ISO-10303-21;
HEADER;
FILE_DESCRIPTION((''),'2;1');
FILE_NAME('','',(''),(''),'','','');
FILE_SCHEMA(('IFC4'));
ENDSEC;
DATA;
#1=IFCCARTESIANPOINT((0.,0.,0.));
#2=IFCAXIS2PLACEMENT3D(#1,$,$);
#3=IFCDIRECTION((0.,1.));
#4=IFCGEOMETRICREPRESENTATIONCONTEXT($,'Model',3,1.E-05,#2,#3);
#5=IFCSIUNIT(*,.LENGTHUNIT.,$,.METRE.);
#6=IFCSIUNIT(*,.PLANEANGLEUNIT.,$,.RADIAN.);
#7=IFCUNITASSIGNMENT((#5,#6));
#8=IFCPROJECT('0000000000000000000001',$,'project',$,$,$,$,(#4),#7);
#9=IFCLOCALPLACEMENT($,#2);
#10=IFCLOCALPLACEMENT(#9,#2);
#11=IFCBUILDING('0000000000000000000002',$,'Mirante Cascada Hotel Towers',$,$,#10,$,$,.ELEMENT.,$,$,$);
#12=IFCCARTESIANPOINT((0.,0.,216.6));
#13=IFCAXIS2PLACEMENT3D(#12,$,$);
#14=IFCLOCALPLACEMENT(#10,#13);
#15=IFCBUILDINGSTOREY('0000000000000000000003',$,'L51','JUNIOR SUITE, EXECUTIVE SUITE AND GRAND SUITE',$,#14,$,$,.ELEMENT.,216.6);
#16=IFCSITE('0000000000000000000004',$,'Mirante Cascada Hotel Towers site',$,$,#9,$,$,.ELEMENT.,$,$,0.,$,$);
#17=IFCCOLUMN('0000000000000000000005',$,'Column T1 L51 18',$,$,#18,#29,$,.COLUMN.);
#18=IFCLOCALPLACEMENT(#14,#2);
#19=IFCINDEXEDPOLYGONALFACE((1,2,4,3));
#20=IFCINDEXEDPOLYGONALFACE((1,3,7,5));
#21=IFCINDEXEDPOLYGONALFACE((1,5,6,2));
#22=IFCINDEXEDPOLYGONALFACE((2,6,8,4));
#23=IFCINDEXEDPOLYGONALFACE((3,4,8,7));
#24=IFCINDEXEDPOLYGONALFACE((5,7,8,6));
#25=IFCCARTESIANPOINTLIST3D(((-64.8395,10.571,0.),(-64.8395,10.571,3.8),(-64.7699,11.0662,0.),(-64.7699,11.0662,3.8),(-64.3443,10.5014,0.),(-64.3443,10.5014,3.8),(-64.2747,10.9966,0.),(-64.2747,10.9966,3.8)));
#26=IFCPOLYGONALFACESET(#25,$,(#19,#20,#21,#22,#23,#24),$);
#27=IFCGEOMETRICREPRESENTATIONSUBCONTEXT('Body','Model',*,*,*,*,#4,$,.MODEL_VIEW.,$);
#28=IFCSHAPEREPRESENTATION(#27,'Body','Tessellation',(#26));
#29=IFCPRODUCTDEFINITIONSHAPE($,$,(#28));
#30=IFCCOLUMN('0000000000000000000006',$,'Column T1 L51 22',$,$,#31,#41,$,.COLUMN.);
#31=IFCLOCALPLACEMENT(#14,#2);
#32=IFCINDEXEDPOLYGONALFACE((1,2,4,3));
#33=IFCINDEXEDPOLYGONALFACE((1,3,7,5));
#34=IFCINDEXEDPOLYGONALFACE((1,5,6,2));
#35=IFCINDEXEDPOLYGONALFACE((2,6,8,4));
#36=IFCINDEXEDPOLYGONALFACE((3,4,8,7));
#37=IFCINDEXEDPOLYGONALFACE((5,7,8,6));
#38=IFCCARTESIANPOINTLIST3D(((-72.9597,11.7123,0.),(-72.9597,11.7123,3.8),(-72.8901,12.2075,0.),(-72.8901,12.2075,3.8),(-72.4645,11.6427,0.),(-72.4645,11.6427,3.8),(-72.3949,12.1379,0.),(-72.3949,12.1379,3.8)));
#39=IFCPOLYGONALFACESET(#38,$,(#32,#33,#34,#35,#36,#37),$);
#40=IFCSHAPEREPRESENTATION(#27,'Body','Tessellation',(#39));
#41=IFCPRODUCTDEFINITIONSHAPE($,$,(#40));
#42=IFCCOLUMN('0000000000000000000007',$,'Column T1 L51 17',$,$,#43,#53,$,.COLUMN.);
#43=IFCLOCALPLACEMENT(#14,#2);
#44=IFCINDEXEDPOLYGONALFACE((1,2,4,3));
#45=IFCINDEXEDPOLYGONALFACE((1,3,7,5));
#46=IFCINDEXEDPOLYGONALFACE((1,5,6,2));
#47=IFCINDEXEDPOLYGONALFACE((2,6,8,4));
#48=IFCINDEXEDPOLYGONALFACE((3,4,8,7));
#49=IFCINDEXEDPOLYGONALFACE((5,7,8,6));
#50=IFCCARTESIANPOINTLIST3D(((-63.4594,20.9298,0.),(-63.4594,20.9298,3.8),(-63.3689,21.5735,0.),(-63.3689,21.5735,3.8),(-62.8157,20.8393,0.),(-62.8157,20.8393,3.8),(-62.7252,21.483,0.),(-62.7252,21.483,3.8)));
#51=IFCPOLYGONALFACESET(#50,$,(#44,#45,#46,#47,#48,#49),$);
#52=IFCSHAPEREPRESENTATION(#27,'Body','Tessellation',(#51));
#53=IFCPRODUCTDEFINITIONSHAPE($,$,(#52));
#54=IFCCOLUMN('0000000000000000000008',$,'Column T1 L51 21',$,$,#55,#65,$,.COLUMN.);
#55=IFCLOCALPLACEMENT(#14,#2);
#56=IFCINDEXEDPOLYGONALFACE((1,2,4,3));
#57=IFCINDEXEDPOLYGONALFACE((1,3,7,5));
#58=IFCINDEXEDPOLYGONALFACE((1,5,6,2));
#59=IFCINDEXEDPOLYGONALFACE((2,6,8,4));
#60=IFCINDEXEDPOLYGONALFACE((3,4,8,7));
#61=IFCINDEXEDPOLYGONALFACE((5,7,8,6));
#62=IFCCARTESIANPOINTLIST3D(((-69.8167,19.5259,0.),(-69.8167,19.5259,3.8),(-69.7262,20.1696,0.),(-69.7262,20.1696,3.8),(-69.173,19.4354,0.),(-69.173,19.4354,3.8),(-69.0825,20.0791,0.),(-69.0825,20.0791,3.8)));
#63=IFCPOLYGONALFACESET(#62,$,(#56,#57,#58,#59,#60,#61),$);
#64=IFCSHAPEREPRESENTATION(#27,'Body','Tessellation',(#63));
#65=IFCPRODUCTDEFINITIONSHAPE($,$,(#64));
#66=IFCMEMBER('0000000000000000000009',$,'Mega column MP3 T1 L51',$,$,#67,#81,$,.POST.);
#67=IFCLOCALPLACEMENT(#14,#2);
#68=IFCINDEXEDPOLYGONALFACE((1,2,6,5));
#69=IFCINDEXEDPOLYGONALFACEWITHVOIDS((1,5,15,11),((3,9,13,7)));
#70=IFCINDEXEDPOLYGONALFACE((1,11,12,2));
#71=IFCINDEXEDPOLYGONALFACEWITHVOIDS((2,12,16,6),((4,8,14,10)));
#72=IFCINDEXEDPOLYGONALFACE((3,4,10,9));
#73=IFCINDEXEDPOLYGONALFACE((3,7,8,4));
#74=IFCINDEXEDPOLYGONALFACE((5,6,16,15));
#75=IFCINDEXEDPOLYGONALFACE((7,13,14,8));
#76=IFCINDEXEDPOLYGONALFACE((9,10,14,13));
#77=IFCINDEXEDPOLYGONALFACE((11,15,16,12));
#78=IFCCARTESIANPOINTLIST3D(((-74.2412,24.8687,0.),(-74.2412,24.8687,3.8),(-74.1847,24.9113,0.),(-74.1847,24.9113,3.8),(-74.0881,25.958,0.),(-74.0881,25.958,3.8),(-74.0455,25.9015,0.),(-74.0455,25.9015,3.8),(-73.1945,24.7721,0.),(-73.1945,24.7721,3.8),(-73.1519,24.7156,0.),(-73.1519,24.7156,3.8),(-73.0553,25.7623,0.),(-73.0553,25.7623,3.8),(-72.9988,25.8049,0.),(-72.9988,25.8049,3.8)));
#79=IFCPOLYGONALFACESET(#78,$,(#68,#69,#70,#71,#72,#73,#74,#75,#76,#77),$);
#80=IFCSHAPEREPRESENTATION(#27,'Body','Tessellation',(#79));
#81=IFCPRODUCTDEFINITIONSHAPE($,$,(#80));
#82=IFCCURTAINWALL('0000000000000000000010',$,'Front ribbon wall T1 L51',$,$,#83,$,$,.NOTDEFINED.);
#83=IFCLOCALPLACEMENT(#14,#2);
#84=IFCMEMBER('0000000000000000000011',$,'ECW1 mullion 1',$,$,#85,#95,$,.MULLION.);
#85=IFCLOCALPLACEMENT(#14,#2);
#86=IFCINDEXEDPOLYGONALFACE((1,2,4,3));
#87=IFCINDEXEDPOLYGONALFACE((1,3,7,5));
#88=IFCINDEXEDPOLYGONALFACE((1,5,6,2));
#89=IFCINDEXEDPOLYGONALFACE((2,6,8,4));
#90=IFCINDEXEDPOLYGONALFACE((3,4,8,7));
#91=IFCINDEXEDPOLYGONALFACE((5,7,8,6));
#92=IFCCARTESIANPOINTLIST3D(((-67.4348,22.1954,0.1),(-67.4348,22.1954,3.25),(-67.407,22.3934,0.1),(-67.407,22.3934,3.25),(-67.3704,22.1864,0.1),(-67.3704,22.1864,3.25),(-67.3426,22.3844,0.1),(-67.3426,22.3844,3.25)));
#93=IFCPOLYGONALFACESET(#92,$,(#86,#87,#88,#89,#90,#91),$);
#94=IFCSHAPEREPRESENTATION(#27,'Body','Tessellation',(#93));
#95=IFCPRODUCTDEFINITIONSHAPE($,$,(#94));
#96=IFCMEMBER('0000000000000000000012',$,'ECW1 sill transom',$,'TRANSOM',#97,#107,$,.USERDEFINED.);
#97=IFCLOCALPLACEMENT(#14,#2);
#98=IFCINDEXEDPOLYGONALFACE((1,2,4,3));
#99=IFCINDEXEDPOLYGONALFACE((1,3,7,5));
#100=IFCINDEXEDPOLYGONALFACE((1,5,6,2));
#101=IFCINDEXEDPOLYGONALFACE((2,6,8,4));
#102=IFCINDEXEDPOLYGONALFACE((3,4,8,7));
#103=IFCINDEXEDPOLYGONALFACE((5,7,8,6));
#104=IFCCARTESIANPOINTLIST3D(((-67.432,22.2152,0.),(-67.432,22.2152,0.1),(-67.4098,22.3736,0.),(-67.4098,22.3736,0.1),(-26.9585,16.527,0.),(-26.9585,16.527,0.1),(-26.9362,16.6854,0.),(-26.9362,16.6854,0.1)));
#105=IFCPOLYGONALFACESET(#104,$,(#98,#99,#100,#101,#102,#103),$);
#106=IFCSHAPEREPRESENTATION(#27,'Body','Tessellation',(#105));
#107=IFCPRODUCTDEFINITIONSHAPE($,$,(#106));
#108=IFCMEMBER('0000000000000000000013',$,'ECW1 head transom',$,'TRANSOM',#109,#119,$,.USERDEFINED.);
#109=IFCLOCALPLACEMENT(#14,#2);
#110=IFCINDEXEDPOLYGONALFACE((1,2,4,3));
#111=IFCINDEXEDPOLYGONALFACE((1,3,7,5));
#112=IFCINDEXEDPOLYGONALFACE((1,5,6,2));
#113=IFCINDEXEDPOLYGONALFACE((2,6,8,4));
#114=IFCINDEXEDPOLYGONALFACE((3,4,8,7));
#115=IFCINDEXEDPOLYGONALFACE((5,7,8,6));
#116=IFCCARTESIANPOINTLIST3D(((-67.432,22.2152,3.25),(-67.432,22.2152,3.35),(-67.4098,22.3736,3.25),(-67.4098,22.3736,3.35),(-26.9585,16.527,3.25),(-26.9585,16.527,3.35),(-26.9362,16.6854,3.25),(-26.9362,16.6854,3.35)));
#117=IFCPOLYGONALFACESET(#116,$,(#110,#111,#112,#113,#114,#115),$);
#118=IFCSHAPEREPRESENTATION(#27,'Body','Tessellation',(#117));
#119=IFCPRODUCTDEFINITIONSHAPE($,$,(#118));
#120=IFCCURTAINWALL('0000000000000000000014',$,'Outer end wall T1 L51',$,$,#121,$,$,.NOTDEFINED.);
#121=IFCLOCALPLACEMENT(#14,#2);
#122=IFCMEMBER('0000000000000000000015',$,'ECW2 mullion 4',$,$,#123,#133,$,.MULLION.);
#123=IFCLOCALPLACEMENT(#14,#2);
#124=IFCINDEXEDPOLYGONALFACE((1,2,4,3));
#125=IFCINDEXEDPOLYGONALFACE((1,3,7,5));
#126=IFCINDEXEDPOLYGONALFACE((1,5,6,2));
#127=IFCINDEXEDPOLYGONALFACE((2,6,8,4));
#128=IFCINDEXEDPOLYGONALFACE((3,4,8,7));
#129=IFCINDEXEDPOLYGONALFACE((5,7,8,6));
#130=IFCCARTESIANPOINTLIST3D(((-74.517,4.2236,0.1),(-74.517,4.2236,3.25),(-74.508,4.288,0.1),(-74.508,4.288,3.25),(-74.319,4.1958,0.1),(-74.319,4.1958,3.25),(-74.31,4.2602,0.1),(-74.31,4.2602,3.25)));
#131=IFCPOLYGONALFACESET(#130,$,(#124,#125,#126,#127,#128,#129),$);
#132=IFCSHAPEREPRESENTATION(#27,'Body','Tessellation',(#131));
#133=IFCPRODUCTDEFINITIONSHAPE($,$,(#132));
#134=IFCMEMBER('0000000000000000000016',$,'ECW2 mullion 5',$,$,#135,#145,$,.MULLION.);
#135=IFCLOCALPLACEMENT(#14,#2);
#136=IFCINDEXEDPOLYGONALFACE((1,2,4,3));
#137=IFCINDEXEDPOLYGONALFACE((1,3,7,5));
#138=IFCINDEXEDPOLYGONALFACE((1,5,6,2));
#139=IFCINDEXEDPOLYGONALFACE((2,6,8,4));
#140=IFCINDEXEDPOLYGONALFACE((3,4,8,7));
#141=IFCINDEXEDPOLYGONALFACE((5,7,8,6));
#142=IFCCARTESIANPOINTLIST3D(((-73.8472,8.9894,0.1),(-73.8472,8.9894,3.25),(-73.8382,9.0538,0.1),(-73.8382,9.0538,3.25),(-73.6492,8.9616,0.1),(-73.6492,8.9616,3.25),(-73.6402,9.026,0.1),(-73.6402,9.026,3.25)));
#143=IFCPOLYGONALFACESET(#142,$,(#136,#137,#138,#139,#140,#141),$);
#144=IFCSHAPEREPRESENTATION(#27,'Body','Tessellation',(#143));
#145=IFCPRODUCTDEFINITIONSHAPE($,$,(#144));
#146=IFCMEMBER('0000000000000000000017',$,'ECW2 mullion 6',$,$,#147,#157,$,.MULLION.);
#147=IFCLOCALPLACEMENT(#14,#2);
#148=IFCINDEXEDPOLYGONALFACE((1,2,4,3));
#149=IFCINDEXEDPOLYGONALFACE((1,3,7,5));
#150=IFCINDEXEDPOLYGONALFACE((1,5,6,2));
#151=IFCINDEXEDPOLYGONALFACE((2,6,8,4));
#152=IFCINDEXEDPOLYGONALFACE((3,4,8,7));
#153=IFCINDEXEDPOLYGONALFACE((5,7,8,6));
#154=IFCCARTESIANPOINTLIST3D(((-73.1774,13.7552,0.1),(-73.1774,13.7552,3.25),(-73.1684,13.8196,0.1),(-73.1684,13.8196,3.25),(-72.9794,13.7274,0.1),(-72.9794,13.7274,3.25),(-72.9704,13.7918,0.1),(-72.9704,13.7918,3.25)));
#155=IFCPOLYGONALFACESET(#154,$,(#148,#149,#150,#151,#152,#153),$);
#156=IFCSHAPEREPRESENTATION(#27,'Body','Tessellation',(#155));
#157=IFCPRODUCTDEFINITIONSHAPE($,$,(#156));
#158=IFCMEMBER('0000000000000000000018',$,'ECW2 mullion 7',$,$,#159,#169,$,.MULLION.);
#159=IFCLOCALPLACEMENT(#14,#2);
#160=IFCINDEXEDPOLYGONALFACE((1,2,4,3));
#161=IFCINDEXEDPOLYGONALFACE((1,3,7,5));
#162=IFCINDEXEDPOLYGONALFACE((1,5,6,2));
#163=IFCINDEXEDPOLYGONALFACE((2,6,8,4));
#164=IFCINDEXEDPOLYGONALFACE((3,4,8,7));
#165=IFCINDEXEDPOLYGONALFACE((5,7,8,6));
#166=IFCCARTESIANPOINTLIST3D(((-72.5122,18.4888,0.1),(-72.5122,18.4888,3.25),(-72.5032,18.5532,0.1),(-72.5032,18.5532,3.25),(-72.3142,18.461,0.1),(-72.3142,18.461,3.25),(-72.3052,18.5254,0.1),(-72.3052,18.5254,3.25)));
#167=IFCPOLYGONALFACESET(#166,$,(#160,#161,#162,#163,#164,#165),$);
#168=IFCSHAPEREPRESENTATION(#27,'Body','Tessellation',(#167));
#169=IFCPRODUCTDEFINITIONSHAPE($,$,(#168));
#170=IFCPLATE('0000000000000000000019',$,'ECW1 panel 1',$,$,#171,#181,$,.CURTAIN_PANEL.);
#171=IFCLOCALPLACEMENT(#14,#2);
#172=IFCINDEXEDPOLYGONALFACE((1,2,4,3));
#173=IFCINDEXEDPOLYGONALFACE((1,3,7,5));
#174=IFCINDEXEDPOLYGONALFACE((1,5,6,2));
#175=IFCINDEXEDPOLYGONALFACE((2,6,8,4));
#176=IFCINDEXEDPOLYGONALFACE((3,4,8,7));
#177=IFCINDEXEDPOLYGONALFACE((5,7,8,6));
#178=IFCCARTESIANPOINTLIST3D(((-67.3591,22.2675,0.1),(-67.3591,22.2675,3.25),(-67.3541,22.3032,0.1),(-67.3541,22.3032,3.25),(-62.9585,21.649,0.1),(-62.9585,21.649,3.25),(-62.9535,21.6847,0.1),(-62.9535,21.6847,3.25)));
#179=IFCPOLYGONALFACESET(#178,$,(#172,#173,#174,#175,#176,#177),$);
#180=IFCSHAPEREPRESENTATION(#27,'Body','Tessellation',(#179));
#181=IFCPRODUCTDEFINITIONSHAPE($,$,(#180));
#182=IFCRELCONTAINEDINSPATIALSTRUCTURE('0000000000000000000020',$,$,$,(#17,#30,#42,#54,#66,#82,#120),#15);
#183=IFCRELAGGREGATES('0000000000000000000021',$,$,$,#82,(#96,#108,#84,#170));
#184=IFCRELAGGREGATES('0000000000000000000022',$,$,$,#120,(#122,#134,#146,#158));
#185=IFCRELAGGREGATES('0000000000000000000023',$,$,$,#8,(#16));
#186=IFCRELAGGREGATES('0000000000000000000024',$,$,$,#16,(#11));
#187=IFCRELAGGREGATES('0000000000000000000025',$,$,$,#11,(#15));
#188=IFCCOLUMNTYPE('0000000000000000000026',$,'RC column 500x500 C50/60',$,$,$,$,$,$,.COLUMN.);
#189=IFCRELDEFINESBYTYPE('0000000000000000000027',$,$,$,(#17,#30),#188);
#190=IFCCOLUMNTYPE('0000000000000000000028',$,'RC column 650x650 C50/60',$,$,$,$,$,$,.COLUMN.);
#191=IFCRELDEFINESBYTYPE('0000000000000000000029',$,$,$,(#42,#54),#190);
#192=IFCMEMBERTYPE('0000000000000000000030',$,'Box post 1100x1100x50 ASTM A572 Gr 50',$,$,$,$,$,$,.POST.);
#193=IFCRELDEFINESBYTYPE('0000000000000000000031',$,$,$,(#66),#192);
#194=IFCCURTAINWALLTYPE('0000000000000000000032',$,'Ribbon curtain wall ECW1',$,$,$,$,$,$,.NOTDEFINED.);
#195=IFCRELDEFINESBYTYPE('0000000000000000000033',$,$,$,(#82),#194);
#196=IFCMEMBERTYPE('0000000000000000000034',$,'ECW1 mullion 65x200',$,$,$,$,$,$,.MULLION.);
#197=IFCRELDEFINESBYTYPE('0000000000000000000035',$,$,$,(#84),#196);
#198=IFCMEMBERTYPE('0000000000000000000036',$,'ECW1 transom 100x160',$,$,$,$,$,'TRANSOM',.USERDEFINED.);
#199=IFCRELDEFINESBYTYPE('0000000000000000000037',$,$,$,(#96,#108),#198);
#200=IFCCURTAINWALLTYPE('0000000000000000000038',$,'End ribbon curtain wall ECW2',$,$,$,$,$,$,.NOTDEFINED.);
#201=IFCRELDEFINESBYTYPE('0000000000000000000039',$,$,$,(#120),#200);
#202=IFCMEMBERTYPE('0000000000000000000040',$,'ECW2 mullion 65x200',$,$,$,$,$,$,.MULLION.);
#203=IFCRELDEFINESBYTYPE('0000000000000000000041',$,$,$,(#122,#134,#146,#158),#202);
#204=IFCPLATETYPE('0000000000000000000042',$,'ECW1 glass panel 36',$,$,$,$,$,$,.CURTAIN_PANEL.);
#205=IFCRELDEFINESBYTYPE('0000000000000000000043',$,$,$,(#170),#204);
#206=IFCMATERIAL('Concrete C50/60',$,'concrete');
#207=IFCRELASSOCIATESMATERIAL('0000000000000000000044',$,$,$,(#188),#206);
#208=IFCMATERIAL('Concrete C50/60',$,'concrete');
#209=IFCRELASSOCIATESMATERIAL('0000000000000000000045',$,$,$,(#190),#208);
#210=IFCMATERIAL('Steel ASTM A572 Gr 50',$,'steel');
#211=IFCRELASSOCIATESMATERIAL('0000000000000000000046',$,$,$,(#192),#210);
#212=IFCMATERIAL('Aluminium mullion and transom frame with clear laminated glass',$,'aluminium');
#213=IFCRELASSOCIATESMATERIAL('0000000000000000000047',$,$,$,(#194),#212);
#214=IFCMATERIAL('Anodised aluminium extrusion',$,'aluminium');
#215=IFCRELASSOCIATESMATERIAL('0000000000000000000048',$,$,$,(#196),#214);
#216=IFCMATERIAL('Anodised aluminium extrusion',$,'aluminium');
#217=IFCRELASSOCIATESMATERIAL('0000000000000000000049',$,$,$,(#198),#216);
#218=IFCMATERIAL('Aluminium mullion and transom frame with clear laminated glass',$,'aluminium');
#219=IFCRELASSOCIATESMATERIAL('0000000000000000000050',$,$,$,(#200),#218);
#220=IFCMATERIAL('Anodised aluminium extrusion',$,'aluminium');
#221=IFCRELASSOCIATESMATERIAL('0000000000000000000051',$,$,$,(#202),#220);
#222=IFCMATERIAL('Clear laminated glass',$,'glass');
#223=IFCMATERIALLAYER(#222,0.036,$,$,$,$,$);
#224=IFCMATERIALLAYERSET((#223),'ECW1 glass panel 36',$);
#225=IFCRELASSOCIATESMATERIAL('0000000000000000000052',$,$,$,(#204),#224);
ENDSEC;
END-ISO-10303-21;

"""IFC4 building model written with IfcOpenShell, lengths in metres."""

from ifc_helpers import new_model, si_unit, direction, frame, origin, origin_2d, place, context, subcontext, project, spatial, rectangle, hollow_rectangle, extrude, material, layer, layer_set, material_profile, profile_set, type_object, element, aggregate, save


model = new_model("IFC4")

# Units and contexts
model_context = context("Model", 3, precision=1e-05, world=origin(), true_north=direction((0.0, 1.0)))
body_context = subcontext(model_context, "Body", "Model", "MODEL_VIEW")
ifc_project = project(units=[si_unit("LENGTHUNIT", "METRE"), si_unit("PLANEANGLEUNIT", "RADIAN")], contexts=[model_context])

# Site, building, storey
site_placement = place(None, origin())
site = spatial("IfcSite", under=ifc_project, at=site_placement, Name="Mirante Cascada Hotel Towers site", CompositionType="ELEMENT", RefElevation=0.0)
building_placement = place(site_placement, origin())
building = spatial("IfcBuilding", under=site, at=building_placement, Name="Mirante Cascada Hotel Towers", CompositionType="ELEMENT")
storey_placement = place(building_placement, frame((0.0, 0.0, 216.6)))
storey = spatial("IfcBuildingStorey", under=building, at=storey_placement, Name="L51", Description="JUNIOR SUITE, EXECUTIVE SUITE AND GRAND SUITE", CompositionType="ELEMENT", Elevation=216.6)

# Columns
ifc_material_1 = material(Name="Concrete C50/60", Category="concrete")
ifc_material_profile_1 = material_profile(ifc_material_1, rectangle(XDim=0.5, YDim=0.5, at=origin_2d()), Name="RC column 500x500 C50/60")
ifc_profile_set_1 = profile_set([ifc_material_profile_1], Name="Concrete C50/60")
column_type_1 = type_object("IfcColumnType", Name="RC column 500x500 C50/60", PredefinedType="COLUMN", material=ifc_profile_set_1)
for number, where, z_axis, x_axis, name in (
    (1, (-64.5571, 10.7838, 0.0), (0.0, 0.0, 1.0), (-0.990268, 0.139173, 0.0), "Column T1 L51 18"),
    (2, (-72.6773, 11.9251, 0.0), (0.0, 0.0, 1.0), (-0.990268, 0.139173, 0.0), "Column T1 L51 22"),
):
    element("IfcColumn", number, at=place(storey_placement, frame(where, z_axis=z_axis, x_axis=x_axis)), inside=storey, type_object=column_type_1, Name=name, PredefinedType="COLUMN", context=body_context, shape_type="SweptSolid", body=[
        extrude(rectangle(XDim=0.5, YDim=0.5, at=origin_2d()), origin(), (0.0, 0.0, 1.0), 3.8),
    ])
ifc_material_2 = material(Name="Concrete C50/60", Category="concrete")
ifc_material_profile_2 = material_profile(ifc_material_2, rectangle(XDim=0.65, YDim=0.65, at=origin_2d()), Name="RC column 650x650 C50/60")
ifc_profile_set_2 = profile_set([ifc_material_profile_2], Name="Concrete C50/60")
column_type_2 = type_object("IfcColumnType", Name="RC column 650x650 C50/60", PredefinedType="COLUMN", material=ifc_profile_set_2)
for number, where, z_axis, x_axis, name in (
    (3, (-63.0923, 21.2064, 0.0), (0.0, 0.0, 1.0), (-0.990268, 0.139173, 0.0), "Column T1 L51 17"),
    (4, (-69.4496, 19.8025, 0.0), (0.0, 0.0, 1.0), (-0.990268, 0.139173, 0.0), "Column T1 L51 21"),
):
    element("IfcColumn", number, at=place(storey_placement, frame(where, z_axis=z_axis, x_axis=x_axis)), inside=storey, type_object=column_type_2, Name=name, PredefinedType="COLUMN", context=body_context, shape_type="SweptSolid", body=[
        extrude(rectangle(XDim=0.65, YDim=0.65, at=origin_2d()), origin(), (0.0, 0.0, 1.0), 3.8),
    ])

# Member
ifc_material_3 = material(Name="Steel ASTM A572 Gr 50", Category="steel")
ifc_material_profile_3 = material_profile(ifc_material_3, hollow_rectangle(XDim=1.1, YDim=1.1, WallThickness=0.05, at=origin_2d()), Name="Box post 1100x1100x50 ASTM A572 Gr 50")
ifc_profile_set_3 = profile_set([ifc_material_profile_3], Name="Steel ASTM A572 Gr 50")
member_type_1 = type_object("IfcMemberType", Name="Box post 1100x1100x50 ASTM A572 Gr 50", PredefinedType="POST", material=ifc_profile_set_3)
member_1_placement = place(storey_placement, frame((-73.62, 25.3368, 0.0), z_axis=(0.0, 0.0, 1.0), x_axis=(-0.990268, 0.139173, 0.0)))
element("IfcMember", 5, at=member_1_placement, inside=storey, type_object=member_type_1, Name="Mega column MP3 T1 L51", PredefinedType="POST", context=body_context, shape_type="SweptSolid", body=[
    extrude(hollow_rectangle(XDim=1.1, YDim=1.1, WallThickness=0.05, at=origin_2d()), origin(), (0.0, 0.0, 1.0), 3.8),
])

# Curtain walls, members
ifc_material_4 = material(Name="Aluminium mullion and transom frame with clear laminated glass", Category="aluminium")
curtain_wall_type_1 = type_object("IfcCurtainWallType", Name="Ribbon curtain wall ECW1", PredefinedType="NOTDEFINED", material=ifc_material_4)
curtain_wall_1_placement = place(storey_placement, origin())
curtain_wall_1 = element("IfcCurtainWall", 6, at=curtain_wall_1_placement, inside=storey, type_object=curtain_wall_type_1, Name="Front ribbon wall T1 L51", PredefinedType="NOTDEFINED")
ifc_material_5 = material(Name="Anodised aluminium extrusion", Category="aluminium")
ifc_material_profile_4 = material_profile(ifc_material_5, rectangle(XDim=0.2, YDim=0.065, at=origin_2d()), Name="ECW1 MULLION 65x200")
ifc_profile_set_4 = profile_set([ifc_material_profile_4], Name="Anodised aluminium extrusion")
member_type_2 = type_object("IfcMemberType", Name="ECW1 mullion 65x200", PredefinedType="MULLION", material=ifc_profile_set_4)
member_2_placement = place(storey_placement, frame((-67.3887, 22.2899, 0.1), z_axis=(0.0, 0.0, 1.0), x_axis=(0.139173, 0.990268, 0.0)))
member_2 = element("IfcMember", 7, at=member_2_placement, type_object=member_type_2, Name="ECW1 mullion 1", PredefinedType="MULLION", context=body_context, shape_type="SweptSolid", body=[
    extrude(rectangle(XDim=0.2, YDim=0.065, at=origin_2d()), origin(), (0.0, 0.0, 1.0), 3.15),
])
ifc_material_6 = material(Name="Anodised aluminium extrusion", Category="aluminium")
ifc_material_profile_5 = material_profile(ifc_material_6, rectangle(XDim=0.16, YDim=0.1, at=origin_2d()), Name="ECW1 TRANSOM 100x160")
ifc_profile_set_5 = profile_set([ifc_material_profile_5], Name="Anodised aluminium extrusion")
member_type_3 = type_object("IfcMemberType", Name="ECW1 transom 100x160", ElementType="TRANSOM", PredefinedType="USERDEFINED", material=ifc_profile_set_5)
member_3_placement = place(storey_placement, frame((-67.4209, 22.2944, 0.05), z_axis=(0.990268, -0.139174, 0.0), x_axis=(0.139174, 0.990268, 0.0)))
member_3 = element("IfcMember", 8, at=member_3_placement, type_object=member_type_3, Name="ECW1 sill transom", ObjectType="TRANSOM", PredefinedType="USERDEFINED", context=body_context, shape_type="SweptSolid", body=[
    extrude(rectangle(XDim=0.16, YDim=0.1, at=origin_2d()), origin(), (0.0, 0.0, 1.0), 40.8713),
])
member_4_placement = place(storey_placement, frame((-67.4209, 22.2944, 3.3), z_axis=(0.990268, -0.139174, 0.0), x_axis=(0.139174, 0.990268, 0.0)))
member_4 = element("IfcMember", 9, at=member_4_placement, type_object=member_type_3, Name="ECW1 head transom", ObjectType="TRANSOM", PredefinedType="USERDEFINED", context=body_context, shape_type="SweptSolid", body=[
    extrude(rectangle(XDim=0.16, YDim=0.1, at=origin_2d()), origin(), (0.0, 0.0, 1.0), 40.8713),
])
ifc_material_7 = material(Name="Aluminium mullion and transom frame with clear laminated glass", Category="aluminium")
curtain_wall_type_2 = type_object("IfcCurtainWallType", Name="End ribbon curtain wall ECW2", PredefinedType="NOTDEFINED", material=ifc_material_7)
curtain_wall_2_placement = place(storey_placement, origin())
curtain_wall_2 = element("IfcCurtainWall", 10, at=curtain_wall_2_placement, inside=storey, type_object=curtain_wall_type_2, Name="Outer end wall T1 L51", PredefinedType="NOTDEFINED")
ifc_material_8 = material(Name="Anodised aluminium extrusion", Category="aluminium")
ifc_material_profile_6 = material_profile(ifc_material_8, rectangle(XDim=0.2, YDim=0.065, at=origin_2d()), Name="ECW2 MULLION 65x200")
ifc_profile_set_6 = profile_set([ifc_material_profile_6], Name="Anodised aluminium extrusion")
member_type_4 = type_object("IfcMemberType", Name="ECW2 mullion 65x200", PredefinedType="MULLION", material=ifc_profile_set_6)
member_5_placement = place(storey_placement, frame((-74.4135, 4.2419, 0.1), z_axis=(0.0, 0.0, 1.0), x_axis=(-0.990268, 0.139173, 0.0)))
member_5 = element("IfcMember", 11, at=member_5_placement, type_object=member_type_4, Name="ECW2 mullion 4", PredefinedType="MULLION", context=body_context, shape_type="SweptSolid", body=[
    extrude(rectangle(XDim=0.2, YDim=0.065, at=origin_2d()), origin(), (0.0, 0.0, 1.0), 3.15),
])
member_6_placement = place(storey_placement, frame((-73.7437, 9.0077, 0.1), z_axis=(0.0, 0.0, 1.0), x_axis=(-0.990268, 0.139173, 0.0)))
member_6 = element("IfcMember", 12, at=member_6_placement, type_object=member_type_4, Name="ECW2 mullion 5", PredefinedType="MULLION", context=body_context, shape_type="SweptSolid", body=[
    extrude(rectangle(XDim=0.2, YDim=0.065, at=origin_2d()), origin(), (0.0, 0.0, 1.0), 3.15),
])
member_7_placement = place(storey_placement, frame((-73.0739, 13.7735, 0.1), z_axis=(0.0, 0.0, 1.0), x_axis=(-0.990268, 0.139173, 0.0)))
member_7 = element("IfcMember", 13, at=member_7_placement, type_object=member_type_4, Name="ECW2 mullion 6", PredefinedType="MULLION", context=body_context, shape_type="SweptSolid", body=[
    extrude(rectangle(XDim=0.2, YDim=0.065, at=origin_2d()), origin(), (0.0, 0.0, 1.0), 3.15),
])
member_8_placement = place(storey_placement, frame((-72.4087, 18.5071, 0.1), z_axis=(0.0, 0.0, 1.0), x_axis=(-0.990268, 0.139173, 0.0)))
member_8 = element("IfcMember", 14, at=member_8_placement, type_object=member_type_4, Name="ECW2 mullion 7", PredefinedType="MULLION", context=body_context, shape_type="SweptSolid", body=[
    extrude(rectangle(XDim=0.2, YDim=0.065, at=origin_2d()), origin(), (0.0, 0.0, 1.0), 3.15),
])

# Plate
ifc_material_9 = material(Name="Clear laminated glass", Category="glass")
ifc_layer_1 = layer(ifc_material_9, 0.036)
ifc_layer_set_1 = layer_set([ifc_layer_1], Name="ECW1 glass panel 36")
plate_type_1 = type_object("IfcPlateType", Name="ECW1 glass panel 36", PredefinedType="CURTAIN_PANEL", material=ifc_layer_set_1)
plate_1_placement = place(storey_placement, frame((-65.1563, 21.9761, 0.1), z_axis=(0.0, 0.0, 1.0), x_axis=(0.990268, -0.139173, 0.0)))
plate_1 = element("IfcPlate", 15, at=plate_1_placement, type_object=plate_type_1, Name="ECW1 panel 1", PredefinedType="CURTAIN_PANEL", context=body_context, shape_type="SweptSolid", body=[
    extrude(rectangle(XDim=4.4438, YDim=0.036, at=origin_2d()), origin(), (0.0, 0.0, 1.0), 3.15),
])
aggregate(curtain_wall_1, [member_3, member_4, member_2, plate_1])
aggregate(curtain_wall_2, [member_5, member_6, member_7, member_8])

save(model, "model.ifc")
